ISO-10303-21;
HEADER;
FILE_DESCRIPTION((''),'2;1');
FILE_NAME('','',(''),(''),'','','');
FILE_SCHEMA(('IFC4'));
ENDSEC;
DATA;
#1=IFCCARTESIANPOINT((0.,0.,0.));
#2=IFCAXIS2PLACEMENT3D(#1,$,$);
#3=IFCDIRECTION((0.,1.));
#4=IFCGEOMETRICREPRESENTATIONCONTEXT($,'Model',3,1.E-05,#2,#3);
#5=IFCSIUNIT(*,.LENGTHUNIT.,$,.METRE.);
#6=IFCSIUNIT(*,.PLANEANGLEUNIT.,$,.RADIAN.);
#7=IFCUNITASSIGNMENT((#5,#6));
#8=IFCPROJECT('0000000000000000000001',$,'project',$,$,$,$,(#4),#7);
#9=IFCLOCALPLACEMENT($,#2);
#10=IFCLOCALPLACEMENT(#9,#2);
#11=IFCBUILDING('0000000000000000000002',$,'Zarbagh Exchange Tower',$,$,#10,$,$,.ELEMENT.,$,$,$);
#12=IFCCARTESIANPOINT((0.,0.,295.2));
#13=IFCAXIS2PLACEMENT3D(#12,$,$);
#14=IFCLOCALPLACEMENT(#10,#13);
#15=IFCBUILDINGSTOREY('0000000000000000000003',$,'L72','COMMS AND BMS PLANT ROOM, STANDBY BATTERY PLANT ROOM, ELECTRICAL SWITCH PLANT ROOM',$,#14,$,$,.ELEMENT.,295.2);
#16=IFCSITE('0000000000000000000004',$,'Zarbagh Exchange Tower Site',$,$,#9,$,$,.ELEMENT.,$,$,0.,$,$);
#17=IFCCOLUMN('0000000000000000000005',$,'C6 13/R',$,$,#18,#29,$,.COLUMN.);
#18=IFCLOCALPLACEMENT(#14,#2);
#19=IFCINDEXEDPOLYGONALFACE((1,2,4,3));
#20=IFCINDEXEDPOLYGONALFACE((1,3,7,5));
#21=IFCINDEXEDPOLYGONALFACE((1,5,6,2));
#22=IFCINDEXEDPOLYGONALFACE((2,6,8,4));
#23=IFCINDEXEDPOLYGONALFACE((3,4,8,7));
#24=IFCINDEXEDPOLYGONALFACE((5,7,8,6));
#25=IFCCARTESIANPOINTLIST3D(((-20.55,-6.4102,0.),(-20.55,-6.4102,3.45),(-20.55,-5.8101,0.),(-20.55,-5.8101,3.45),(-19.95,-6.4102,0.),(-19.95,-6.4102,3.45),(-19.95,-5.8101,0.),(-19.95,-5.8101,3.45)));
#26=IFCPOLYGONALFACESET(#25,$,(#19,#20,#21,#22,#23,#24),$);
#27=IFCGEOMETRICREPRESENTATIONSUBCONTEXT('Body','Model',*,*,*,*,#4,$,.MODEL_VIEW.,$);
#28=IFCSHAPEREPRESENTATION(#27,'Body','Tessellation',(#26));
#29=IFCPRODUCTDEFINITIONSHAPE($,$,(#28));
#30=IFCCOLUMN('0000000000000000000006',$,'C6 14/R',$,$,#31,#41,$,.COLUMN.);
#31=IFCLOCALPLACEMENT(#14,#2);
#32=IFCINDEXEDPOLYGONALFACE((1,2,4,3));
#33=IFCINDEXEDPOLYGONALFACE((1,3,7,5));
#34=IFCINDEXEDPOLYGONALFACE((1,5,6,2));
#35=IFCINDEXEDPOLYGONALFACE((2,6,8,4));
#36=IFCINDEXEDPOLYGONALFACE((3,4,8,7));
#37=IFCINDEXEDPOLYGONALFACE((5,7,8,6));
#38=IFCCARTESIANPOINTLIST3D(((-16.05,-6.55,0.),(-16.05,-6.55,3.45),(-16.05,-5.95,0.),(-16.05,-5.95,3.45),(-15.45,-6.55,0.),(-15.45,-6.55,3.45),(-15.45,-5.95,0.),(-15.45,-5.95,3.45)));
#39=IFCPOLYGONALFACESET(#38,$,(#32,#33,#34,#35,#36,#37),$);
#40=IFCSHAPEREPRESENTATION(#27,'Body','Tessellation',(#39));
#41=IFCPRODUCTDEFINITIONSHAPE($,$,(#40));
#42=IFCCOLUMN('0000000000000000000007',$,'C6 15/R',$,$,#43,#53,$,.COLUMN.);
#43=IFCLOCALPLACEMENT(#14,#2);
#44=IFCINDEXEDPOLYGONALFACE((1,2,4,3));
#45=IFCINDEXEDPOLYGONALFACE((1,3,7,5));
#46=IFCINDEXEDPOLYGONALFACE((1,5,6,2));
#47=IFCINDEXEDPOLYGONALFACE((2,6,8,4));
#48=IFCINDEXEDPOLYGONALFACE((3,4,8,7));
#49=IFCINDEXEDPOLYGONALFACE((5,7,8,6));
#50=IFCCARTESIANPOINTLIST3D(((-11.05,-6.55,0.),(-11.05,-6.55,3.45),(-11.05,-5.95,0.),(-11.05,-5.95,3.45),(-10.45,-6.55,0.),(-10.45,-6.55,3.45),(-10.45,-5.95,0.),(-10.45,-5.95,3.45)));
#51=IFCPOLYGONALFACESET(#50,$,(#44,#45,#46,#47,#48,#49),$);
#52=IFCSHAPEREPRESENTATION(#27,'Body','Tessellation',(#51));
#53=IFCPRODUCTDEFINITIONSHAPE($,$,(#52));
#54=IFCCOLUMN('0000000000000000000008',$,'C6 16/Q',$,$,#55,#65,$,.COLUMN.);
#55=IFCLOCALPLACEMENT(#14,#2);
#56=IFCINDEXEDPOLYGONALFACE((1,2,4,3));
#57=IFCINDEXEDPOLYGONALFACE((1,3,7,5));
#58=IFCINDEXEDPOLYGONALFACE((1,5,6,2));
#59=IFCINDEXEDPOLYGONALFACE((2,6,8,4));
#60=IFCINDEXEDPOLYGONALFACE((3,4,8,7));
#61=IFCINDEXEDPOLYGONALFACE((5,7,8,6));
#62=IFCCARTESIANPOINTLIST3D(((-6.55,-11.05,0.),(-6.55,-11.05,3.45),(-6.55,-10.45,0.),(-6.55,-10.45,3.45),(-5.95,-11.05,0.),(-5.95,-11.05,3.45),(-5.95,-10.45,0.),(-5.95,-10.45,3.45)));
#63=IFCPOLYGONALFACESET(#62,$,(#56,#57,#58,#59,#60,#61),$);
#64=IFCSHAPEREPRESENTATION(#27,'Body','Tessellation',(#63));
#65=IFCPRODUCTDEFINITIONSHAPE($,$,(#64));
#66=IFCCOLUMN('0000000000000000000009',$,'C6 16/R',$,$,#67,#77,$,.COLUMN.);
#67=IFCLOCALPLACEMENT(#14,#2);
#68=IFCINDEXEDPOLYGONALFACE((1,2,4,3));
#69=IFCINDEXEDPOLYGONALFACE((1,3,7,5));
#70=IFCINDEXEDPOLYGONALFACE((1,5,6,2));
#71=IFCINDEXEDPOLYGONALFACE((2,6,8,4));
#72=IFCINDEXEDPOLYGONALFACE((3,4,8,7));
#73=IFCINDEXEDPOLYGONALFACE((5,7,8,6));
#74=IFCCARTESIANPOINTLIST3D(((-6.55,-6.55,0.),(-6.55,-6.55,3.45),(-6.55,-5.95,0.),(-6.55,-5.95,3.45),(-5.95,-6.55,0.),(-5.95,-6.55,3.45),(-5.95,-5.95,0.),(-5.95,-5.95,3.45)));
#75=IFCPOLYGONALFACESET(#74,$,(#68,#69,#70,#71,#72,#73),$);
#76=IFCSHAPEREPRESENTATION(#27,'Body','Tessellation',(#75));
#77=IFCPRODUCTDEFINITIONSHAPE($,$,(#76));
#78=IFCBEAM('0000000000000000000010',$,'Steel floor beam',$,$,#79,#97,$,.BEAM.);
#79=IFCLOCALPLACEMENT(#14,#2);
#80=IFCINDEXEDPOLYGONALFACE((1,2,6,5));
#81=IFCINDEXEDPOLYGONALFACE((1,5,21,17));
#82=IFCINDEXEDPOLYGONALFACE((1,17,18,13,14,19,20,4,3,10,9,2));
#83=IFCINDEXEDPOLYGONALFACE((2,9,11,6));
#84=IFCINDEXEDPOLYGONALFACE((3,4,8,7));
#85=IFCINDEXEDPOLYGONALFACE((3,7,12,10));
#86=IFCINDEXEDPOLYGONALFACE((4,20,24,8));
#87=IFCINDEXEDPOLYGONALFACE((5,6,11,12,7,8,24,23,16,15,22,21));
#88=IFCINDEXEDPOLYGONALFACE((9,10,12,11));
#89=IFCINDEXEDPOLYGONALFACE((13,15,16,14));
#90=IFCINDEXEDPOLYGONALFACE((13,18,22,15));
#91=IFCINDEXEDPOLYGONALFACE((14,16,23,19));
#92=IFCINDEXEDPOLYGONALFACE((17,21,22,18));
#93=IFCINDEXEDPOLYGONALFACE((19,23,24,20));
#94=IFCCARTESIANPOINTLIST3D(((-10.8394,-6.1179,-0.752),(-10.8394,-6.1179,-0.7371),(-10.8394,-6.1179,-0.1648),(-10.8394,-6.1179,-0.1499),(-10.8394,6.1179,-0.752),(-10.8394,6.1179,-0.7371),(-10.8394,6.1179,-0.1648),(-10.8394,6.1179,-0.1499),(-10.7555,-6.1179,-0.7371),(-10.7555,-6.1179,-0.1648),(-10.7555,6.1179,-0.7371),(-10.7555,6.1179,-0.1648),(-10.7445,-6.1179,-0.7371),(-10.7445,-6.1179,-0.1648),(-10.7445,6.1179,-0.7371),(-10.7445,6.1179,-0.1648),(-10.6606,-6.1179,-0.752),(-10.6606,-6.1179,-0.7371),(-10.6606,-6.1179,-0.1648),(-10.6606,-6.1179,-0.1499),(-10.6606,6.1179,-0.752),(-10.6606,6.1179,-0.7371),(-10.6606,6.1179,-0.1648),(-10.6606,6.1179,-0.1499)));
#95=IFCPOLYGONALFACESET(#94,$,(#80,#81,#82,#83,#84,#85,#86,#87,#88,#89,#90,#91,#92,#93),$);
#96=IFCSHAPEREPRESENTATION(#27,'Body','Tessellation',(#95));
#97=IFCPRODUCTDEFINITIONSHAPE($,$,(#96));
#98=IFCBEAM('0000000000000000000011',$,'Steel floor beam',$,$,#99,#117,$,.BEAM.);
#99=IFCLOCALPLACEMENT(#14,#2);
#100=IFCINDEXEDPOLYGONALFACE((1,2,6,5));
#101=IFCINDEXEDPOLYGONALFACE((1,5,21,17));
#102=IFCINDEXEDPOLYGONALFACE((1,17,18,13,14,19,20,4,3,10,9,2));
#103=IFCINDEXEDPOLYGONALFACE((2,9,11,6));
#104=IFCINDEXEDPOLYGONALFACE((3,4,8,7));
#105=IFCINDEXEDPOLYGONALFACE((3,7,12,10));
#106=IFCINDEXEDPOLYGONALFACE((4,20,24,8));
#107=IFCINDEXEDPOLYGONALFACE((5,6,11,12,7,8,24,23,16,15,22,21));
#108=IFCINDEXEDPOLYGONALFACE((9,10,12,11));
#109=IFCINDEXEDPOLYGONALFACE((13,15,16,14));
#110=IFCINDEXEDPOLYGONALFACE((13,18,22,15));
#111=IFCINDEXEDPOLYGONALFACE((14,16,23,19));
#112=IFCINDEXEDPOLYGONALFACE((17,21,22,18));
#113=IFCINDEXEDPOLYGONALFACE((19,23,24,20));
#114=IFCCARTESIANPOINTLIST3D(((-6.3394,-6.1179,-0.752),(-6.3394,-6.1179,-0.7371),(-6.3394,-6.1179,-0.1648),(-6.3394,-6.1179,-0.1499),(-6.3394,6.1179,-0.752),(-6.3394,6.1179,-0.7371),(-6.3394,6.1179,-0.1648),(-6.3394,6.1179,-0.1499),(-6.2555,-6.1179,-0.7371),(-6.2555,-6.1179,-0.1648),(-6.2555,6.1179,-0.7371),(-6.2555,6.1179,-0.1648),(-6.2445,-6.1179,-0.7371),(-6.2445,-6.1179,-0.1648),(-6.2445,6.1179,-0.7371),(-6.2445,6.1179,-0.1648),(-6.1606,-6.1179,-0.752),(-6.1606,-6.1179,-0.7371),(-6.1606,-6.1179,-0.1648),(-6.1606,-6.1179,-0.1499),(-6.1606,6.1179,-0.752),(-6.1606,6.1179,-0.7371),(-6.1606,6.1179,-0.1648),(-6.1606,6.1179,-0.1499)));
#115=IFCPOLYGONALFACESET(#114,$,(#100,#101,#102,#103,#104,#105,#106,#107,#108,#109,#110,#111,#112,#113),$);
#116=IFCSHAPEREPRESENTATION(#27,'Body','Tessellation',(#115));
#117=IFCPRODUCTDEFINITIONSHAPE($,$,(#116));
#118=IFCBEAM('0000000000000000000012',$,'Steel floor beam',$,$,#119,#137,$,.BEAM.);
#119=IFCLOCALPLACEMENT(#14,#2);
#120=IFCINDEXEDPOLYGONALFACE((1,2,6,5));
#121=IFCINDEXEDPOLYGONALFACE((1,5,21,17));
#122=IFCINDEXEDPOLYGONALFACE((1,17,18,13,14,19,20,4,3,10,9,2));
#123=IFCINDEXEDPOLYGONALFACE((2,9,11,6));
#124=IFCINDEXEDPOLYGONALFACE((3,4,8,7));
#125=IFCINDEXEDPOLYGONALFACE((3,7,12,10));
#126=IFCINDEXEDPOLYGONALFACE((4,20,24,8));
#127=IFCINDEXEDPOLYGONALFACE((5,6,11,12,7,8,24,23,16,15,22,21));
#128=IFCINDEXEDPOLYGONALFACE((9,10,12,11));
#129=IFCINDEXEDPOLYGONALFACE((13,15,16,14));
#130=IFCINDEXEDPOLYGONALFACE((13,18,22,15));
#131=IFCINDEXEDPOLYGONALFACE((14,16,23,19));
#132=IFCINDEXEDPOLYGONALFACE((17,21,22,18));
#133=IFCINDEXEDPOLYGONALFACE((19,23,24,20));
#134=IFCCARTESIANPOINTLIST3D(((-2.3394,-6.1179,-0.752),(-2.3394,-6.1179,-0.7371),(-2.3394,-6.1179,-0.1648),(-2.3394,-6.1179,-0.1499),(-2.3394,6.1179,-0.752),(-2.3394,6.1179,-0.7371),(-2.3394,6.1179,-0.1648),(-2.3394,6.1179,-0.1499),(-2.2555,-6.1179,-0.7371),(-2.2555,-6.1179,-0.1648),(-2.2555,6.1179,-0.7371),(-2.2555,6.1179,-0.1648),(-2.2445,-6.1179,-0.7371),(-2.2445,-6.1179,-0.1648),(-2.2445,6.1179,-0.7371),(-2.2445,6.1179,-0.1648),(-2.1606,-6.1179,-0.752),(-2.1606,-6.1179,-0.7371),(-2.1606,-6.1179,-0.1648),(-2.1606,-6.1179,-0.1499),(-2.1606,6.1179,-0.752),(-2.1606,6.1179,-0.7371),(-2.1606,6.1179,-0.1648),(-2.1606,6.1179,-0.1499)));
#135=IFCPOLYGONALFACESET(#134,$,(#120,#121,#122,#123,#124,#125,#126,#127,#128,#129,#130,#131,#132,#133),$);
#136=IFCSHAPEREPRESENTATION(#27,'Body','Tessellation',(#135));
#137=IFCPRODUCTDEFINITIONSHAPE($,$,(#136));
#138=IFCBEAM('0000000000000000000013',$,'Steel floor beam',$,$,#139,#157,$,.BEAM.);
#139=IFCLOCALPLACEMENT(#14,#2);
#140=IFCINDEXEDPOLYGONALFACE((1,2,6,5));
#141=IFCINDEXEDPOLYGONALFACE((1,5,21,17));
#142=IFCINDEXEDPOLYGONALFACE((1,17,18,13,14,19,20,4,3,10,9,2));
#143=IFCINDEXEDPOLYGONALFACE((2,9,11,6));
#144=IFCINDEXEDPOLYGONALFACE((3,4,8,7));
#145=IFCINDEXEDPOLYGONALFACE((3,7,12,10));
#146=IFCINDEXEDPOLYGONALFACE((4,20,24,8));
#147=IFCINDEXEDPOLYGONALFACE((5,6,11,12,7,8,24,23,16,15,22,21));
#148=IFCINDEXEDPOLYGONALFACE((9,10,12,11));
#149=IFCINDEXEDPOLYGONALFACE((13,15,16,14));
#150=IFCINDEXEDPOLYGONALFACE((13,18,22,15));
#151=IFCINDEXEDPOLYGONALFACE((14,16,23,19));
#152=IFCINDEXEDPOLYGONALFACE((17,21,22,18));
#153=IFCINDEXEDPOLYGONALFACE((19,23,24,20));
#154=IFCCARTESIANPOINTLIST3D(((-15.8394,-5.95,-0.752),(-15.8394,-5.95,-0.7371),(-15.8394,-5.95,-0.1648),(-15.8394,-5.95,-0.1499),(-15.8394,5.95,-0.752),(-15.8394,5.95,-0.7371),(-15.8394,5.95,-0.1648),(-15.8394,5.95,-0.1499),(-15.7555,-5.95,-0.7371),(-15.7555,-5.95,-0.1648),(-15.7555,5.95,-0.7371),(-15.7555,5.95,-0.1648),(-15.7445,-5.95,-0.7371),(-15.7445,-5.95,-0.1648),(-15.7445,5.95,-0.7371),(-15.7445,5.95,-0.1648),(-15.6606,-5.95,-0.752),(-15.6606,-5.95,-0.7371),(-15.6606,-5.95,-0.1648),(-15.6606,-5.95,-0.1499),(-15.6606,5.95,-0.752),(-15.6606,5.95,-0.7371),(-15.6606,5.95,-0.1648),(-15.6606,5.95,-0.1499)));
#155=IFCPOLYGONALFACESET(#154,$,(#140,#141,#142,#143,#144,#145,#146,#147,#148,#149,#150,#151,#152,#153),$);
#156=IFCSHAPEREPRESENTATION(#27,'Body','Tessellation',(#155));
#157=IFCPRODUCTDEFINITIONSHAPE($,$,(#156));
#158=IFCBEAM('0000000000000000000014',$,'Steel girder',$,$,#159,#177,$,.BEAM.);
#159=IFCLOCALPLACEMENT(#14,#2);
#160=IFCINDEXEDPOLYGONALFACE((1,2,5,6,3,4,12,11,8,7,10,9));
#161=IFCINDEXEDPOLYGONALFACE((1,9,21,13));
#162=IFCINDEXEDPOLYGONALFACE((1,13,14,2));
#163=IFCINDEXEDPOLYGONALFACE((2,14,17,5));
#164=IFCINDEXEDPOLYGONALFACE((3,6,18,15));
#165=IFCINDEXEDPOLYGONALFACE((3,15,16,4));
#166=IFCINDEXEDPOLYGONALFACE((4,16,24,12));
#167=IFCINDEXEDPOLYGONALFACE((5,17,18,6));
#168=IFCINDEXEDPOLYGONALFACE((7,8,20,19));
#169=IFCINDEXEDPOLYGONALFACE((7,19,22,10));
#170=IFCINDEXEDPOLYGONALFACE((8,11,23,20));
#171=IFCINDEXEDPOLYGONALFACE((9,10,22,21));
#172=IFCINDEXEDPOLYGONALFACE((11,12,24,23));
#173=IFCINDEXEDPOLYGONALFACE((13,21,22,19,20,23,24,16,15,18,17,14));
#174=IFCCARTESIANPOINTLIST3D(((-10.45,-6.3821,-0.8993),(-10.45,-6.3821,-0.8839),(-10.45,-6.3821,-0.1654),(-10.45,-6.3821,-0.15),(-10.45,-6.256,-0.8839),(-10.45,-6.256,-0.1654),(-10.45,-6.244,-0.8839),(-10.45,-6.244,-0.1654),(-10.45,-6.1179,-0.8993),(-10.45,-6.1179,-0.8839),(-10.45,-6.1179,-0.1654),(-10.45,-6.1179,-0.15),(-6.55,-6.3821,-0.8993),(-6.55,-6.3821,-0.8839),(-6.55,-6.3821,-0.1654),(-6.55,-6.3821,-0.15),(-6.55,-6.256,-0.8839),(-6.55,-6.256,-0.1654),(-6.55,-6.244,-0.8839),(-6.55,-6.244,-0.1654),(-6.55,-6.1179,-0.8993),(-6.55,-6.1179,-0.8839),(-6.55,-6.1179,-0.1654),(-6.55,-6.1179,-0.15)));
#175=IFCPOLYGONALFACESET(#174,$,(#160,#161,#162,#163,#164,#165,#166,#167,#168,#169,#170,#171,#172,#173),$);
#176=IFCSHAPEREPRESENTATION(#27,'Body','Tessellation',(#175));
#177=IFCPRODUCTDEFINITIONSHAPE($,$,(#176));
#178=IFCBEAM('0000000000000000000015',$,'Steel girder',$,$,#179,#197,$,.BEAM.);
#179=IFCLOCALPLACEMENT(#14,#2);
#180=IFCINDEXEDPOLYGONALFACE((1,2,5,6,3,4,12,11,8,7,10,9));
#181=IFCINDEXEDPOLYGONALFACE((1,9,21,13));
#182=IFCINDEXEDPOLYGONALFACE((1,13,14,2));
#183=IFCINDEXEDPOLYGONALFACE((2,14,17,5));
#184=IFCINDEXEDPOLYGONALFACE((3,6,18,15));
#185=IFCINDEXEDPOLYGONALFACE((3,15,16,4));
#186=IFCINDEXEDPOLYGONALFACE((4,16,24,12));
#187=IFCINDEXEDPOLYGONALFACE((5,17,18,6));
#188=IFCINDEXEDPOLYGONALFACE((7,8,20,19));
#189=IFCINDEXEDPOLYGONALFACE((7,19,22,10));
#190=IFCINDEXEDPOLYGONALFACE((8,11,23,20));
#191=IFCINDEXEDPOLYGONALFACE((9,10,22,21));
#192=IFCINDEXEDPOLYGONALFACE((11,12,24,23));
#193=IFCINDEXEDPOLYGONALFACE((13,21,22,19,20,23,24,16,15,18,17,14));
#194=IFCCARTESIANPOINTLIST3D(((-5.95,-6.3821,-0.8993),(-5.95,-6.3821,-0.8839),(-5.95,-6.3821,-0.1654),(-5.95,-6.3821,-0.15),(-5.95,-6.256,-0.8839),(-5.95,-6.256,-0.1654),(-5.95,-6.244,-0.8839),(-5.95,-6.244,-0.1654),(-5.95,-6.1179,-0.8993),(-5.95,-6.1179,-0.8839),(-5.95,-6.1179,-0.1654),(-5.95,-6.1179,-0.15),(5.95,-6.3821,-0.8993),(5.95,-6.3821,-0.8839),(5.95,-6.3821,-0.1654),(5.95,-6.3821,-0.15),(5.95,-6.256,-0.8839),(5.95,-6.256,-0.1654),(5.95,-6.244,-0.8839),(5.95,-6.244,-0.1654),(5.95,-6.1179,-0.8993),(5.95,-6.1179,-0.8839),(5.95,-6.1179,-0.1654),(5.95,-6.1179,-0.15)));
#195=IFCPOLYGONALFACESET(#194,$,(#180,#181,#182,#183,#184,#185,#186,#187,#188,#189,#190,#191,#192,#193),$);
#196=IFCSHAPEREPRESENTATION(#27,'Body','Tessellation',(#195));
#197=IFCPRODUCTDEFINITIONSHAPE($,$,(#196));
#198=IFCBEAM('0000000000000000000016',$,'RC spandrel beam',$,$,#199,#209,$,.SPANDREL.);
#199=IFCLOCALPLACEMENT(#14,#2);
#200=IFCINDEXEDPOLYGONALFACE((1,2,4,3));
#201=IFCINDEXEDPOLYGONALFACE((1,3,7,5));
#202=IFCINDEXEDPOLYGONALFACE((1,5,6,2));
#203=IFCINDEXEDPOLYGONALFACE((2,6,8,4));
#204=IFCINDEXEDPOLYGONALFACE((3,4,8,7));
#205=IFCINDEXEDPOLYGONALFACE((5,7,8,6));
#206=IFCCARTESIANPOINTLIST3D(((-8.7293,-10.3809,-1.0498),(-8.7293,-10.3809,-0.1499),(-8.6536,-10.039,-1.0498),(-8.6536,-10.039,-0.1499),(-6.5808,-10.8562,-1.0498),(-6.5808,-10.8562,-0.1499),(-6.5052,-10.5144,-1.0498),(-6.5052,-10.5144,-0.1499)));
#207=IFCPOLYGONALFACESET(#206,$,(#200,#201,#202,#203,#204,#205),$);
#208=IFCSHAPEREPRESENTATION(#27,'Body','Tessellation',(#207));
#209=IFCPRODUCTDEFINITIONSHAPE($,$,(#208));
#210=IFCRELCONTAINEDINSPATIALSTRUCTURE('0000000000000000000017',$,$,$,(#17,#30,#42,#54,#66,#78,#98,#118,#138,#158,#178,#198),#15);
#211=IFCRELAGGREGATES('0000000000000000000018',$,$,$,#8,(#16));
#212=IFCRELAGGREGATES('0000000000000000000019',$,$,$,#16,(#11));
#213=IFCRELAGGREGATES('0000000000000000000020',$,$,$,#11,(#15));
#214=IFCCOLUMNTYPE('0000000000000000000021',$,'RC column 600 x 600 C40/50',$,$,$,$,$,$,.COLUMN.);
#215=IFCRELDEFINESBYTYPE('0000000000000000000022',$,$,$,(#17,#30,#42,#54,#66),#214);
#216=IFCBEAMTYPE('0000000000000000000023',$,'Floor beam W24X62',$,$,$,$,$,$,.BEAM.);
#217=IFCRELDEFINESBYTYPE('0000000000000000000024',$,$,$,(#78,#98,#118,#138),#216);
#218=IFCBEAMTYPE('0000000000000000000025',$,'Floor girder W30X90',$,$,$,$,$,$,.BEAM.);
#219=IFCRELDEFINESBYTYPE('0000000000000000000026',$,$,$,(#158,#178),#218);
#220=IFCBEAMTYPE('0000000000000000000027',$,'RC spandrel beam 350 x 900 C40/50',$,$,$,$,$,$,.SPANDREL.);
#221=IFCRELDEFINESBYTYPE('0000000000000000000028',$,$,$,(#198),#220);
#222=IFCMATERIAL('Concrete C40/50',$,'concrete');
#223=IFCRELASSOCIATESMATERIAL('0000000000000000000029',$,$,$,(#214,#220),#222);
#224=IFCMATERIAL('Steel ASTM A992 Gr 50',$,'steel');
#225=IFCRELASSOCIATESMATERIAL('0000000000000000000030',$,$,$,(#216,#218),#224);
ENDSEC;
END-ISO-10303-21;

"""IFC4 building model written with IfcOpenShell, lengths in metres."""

from ifc_helpers import new_model, si_unit, direction, frame, origin, origin_2d, place, context, subcontext, project, spatial, rectangle, i_section, extrude, material, material_profile, profile_set, type_object, element, save


model = new_model("IFC4")

# Units and contexts
model_context = context("Model", 3, precision=1e-05, world=origin(), true_north=direction((0.0, 1.0)))
body_context = subcontext(model_context, "Body", "Model", "MODEL_VIEW")
ifc_project = project(units=[si_unit("LENGTHUNIT", "METRE"), si_unit("PLANEANGLEUNIT", "RADIAN")], contexts=[model_context])

# Site, building, storey
site_placement = place(None, origin())
site = spatial("IfcSite", under=ifc_project, at=site_placement, Name="Zarbagh Exchange Tower Site", CompositionType="ELEMENT", RefElevation=0.0)
building_placement = place(site_placement, origin())
building = spatial("IfcBuilding", under=site, at=building_placement, Name="Zarbagh Exchange Tower", CompositionType="ELEMENT")
storey_placement = place(building_placement, frame((0.0, 0.0, 295.2)))
storey = spatial("IfcBuildingStorey", under=building, at=storey_placement, Name="L72", Description="COMMS AND BMS PLANT ROOM, STANDBY BATTERY PLANT ROOM, ELECTRICAL SWITCH PLANT ROOM", CompositionType="ELEMENT", Elevation=295.2)

# Columns
ifc_material_1 = material(Name="Concrete C40/50", Category="concrete")
ifc_material_profile_1 = material_profile(ifc_material_1, rectangle(XDim=0.6001, YDim=0.6001, at=origin_2d()), Name="RC column 600 x 600 C40/50")
ifc_profile_set_1 = profile_set([ifc_material_profile_1], Name="Concrete C40/50")
column_type = type_object("IfcColumnType", Name="RC column 600 x 600 C40/50", PredefinedType="COLUMN", material=ifc_profile_set_1)
for number, where, z_axis, x_axis, name in (
    (1, (-20.25, -6.1101, 0.0), (0.0, 0.0, 1.0), (1.0, 0.0, 0.0), "C6 13/R"),
    (2, (-15.75, -6.25, 0.0), (0.0, 0.0, 1.0), (1.0, 0.0, 0.0), "C6 14/R"),
    (3, (-10.75, -6.25, 0.0), (0.0, 0.0, 1.0), (1.0, 0.0, 0.0), "C6 15/R"),
    (4, (-6.25, -10.75, 0.0), (0.0, 0.0, 1.0), (1.0, 0.0, 0.0), "C6 16/Q"),
    (5, (-6.25, -6.25, 0.0), (0.0, 0.0, 1.0), (1.0, 0.0, 0.0), "C6 16/R"),
):
    element("IfcColumn", number, at=place(storey_placement, frame(where, z_axis=z_axis, x_axis=x_axis)), inside=storey, type_object=column_type, Name=name, PredefinedType="COLUMN", context=body_context, shape_type="SweptSolid", body=[
        extrude(rectangle(XDim=0.6001, YDim=0.6001, at=origin_2d()), origin(), (0.0, 0.0, 1.0), 3.45),
    ])

# Beams
ifc_material_2 = material(Name="Steel ASTM A992 Gr 50", Category="steel")
ifc_material_profile_2 = material_profile(ifc_material_2, i_section(OverallWidth=0.1787, OverallDepth=0.6021, WebThickness=0.011, FlangeThickness=0.0149, at=origin_2d()), Name="W24X62")
ifc_profile_set_2 = profile_set([ifc_material_profile_2], Name="Steel ASTM A992 Gr 50")
beam_type_1 = type_object("IfcBeamType", Name="Floor beam W24X62", PredefinedType="BEAM", material=ifc_profile_set_2)
for number, where, z_axis, x_axis, name in (
    (6, (-10.75, -6.1179, -0.4509), (0.0, 1.0, 0.0), (-1.0, 0.0, 0.0), "Steel floor beam"),
    (7, (-6.25, -6.1179, -0.4509), (0.0, 1.0, 0.0), (-1.0, 0.0, 0.0), "Steel floor beam"),
    (8, (-2.25, -6.1179, -0.4509), (0.0, 1.0, 0.0), (-1.0, 0.0, 0.0), "Steel floor beam"),
):
    element("IfcBeam", number, at=place(storey_placement, frame(where, z_axis=z_axis, x_axis=x_axis)), inside=storey, type_object=beam_type_1, Name=name, PredefinedType="BEAM", context=body_context, shape_type="SweptSolid", body=[
        extrude(i_section(OverallWidth=0.1787, OverallDepth=0.6021, WebThickness=0.011, FlangeThickness=0.0149, at=origin_2d()), origin(), (0.0, 0.0, 1.0), 12.2358),
    ])
beam_1_placement = place(storey_placement, frame((-15.75, -5.95, -0.4509), z_axis=(0.0, 1.0, 0.0), x_axis=(-1.0, 0.0, 0.0)))
element("IfcBeam", 9, at=beam_1_placement, inside=storey, type_object=beam_type_1, Name="Steel floor beam", PredefinedType="BEAM", context=body_context, shape_type="SweptSolid", body=[
    extrude(i_section(OverallWidth=0.1787, OverallDepth=0.6021, WebThickness=0.011, FlangeThickness=0.0149, at=origin_2d()), origin(), (0.0, 0.0, 1.0), 11.8999),
])
ifc_material_profile_3 = material_profile(ifc_material_2, i_section(OverallWidth=0.2642, OverallDepth=0.7493, WebThickness=0.012, FlangeThickness=0.0154, at=origin_2d()), Name="W30X90")
ifc_profile_set_3 = profile_set([ifc_material_profile_3], Name="Steel ASTM A992 Gr 50")
beam_type_2 = type_object("IfcBeamType", Name="Floor girder W30X90", PredefinedType="BEAM", material=ifc_profile_set_3)
beam_2_placement = place(storey_placement, frame((-10.45, -6.25, -0.5247), z_axis=(1.0, 0.0, 0.0), x_axis=(0.0, 1.0, 0.0)))
element("IfcBeam", 10, at=beam_2_placement, inside=storey, type_object=beam_type_2, Name="Steel girder", PredefinedType="BEAM", context=body_context, shape_type="SweptSolid", body=[
    extrude(i_section(OverallWidth=0.2642, OverallDepth=0.7493, WebThickness=0.012, FlangeThickness=0.0154, at=origin_2d()), origin(), (0.0, 0.0, 1.0), 3.8999),
])
beam_3_placement = place(storey_placement, frame((-5.95, -6.25, -0.5247), z_axis=(1.0, 0.0, 0.0), x_axis=(0.0, 1.0, 0.0)))
element("IfcBeam", 11, at=beam_3_placement, inside=storey, type_object=beam_type_2, Name="Steel girder", PredefinedType="BEAM", context=body_context, shape_type="SweptSolid", body=[
    extrude(i_section(OverallWidth=0.2642, OverallDepth=0.7493, WebThickness=0.012, FlangeThickness=0.0154, at=origin_2d()), origin(), (0.0, 0.0, 1.0), 11.8999),
])
ifc_material_profile_4 = material_profile(ifc_material_1, rectangle(XDim=0.3501, YDim=0.8999, at=origin_2d()), Name="RC spandrel beam 350 x 900 C40/50")
ifc_profile_set_4 = profile_set([ifc_material_profile_4], Name="Concrete C40/50")
beam_type_3 = type_object("IfcBeamType", Name="RC spandrel beam 350 x 900 C40/50", PredefinedType="SPANDREL", material=ifc_profile_set_4)
beam_4_placement = place(storey_placement, frame((-6.543, -10.6853, -0.5999), z_axis=(-0.976388, 0.216026, 0.0), x_axis=(-0.216026, -0.976388, 0.0)))
element("IfcBeam", 12, at=beam_4_placement, inside=storey, type_object=beam_type_3, Name="RC spandrel beam", PredefinedType="SPANDREL", context=body_context, shape_type="SweptSolid", body=[
    extrude(rectangle(XDim=0.3501, YDim=0.8999, at=origin_2d()), origin(), (0.0, 0.0, 1.0), 2.2004),
])

save(model, "model.ifc")
